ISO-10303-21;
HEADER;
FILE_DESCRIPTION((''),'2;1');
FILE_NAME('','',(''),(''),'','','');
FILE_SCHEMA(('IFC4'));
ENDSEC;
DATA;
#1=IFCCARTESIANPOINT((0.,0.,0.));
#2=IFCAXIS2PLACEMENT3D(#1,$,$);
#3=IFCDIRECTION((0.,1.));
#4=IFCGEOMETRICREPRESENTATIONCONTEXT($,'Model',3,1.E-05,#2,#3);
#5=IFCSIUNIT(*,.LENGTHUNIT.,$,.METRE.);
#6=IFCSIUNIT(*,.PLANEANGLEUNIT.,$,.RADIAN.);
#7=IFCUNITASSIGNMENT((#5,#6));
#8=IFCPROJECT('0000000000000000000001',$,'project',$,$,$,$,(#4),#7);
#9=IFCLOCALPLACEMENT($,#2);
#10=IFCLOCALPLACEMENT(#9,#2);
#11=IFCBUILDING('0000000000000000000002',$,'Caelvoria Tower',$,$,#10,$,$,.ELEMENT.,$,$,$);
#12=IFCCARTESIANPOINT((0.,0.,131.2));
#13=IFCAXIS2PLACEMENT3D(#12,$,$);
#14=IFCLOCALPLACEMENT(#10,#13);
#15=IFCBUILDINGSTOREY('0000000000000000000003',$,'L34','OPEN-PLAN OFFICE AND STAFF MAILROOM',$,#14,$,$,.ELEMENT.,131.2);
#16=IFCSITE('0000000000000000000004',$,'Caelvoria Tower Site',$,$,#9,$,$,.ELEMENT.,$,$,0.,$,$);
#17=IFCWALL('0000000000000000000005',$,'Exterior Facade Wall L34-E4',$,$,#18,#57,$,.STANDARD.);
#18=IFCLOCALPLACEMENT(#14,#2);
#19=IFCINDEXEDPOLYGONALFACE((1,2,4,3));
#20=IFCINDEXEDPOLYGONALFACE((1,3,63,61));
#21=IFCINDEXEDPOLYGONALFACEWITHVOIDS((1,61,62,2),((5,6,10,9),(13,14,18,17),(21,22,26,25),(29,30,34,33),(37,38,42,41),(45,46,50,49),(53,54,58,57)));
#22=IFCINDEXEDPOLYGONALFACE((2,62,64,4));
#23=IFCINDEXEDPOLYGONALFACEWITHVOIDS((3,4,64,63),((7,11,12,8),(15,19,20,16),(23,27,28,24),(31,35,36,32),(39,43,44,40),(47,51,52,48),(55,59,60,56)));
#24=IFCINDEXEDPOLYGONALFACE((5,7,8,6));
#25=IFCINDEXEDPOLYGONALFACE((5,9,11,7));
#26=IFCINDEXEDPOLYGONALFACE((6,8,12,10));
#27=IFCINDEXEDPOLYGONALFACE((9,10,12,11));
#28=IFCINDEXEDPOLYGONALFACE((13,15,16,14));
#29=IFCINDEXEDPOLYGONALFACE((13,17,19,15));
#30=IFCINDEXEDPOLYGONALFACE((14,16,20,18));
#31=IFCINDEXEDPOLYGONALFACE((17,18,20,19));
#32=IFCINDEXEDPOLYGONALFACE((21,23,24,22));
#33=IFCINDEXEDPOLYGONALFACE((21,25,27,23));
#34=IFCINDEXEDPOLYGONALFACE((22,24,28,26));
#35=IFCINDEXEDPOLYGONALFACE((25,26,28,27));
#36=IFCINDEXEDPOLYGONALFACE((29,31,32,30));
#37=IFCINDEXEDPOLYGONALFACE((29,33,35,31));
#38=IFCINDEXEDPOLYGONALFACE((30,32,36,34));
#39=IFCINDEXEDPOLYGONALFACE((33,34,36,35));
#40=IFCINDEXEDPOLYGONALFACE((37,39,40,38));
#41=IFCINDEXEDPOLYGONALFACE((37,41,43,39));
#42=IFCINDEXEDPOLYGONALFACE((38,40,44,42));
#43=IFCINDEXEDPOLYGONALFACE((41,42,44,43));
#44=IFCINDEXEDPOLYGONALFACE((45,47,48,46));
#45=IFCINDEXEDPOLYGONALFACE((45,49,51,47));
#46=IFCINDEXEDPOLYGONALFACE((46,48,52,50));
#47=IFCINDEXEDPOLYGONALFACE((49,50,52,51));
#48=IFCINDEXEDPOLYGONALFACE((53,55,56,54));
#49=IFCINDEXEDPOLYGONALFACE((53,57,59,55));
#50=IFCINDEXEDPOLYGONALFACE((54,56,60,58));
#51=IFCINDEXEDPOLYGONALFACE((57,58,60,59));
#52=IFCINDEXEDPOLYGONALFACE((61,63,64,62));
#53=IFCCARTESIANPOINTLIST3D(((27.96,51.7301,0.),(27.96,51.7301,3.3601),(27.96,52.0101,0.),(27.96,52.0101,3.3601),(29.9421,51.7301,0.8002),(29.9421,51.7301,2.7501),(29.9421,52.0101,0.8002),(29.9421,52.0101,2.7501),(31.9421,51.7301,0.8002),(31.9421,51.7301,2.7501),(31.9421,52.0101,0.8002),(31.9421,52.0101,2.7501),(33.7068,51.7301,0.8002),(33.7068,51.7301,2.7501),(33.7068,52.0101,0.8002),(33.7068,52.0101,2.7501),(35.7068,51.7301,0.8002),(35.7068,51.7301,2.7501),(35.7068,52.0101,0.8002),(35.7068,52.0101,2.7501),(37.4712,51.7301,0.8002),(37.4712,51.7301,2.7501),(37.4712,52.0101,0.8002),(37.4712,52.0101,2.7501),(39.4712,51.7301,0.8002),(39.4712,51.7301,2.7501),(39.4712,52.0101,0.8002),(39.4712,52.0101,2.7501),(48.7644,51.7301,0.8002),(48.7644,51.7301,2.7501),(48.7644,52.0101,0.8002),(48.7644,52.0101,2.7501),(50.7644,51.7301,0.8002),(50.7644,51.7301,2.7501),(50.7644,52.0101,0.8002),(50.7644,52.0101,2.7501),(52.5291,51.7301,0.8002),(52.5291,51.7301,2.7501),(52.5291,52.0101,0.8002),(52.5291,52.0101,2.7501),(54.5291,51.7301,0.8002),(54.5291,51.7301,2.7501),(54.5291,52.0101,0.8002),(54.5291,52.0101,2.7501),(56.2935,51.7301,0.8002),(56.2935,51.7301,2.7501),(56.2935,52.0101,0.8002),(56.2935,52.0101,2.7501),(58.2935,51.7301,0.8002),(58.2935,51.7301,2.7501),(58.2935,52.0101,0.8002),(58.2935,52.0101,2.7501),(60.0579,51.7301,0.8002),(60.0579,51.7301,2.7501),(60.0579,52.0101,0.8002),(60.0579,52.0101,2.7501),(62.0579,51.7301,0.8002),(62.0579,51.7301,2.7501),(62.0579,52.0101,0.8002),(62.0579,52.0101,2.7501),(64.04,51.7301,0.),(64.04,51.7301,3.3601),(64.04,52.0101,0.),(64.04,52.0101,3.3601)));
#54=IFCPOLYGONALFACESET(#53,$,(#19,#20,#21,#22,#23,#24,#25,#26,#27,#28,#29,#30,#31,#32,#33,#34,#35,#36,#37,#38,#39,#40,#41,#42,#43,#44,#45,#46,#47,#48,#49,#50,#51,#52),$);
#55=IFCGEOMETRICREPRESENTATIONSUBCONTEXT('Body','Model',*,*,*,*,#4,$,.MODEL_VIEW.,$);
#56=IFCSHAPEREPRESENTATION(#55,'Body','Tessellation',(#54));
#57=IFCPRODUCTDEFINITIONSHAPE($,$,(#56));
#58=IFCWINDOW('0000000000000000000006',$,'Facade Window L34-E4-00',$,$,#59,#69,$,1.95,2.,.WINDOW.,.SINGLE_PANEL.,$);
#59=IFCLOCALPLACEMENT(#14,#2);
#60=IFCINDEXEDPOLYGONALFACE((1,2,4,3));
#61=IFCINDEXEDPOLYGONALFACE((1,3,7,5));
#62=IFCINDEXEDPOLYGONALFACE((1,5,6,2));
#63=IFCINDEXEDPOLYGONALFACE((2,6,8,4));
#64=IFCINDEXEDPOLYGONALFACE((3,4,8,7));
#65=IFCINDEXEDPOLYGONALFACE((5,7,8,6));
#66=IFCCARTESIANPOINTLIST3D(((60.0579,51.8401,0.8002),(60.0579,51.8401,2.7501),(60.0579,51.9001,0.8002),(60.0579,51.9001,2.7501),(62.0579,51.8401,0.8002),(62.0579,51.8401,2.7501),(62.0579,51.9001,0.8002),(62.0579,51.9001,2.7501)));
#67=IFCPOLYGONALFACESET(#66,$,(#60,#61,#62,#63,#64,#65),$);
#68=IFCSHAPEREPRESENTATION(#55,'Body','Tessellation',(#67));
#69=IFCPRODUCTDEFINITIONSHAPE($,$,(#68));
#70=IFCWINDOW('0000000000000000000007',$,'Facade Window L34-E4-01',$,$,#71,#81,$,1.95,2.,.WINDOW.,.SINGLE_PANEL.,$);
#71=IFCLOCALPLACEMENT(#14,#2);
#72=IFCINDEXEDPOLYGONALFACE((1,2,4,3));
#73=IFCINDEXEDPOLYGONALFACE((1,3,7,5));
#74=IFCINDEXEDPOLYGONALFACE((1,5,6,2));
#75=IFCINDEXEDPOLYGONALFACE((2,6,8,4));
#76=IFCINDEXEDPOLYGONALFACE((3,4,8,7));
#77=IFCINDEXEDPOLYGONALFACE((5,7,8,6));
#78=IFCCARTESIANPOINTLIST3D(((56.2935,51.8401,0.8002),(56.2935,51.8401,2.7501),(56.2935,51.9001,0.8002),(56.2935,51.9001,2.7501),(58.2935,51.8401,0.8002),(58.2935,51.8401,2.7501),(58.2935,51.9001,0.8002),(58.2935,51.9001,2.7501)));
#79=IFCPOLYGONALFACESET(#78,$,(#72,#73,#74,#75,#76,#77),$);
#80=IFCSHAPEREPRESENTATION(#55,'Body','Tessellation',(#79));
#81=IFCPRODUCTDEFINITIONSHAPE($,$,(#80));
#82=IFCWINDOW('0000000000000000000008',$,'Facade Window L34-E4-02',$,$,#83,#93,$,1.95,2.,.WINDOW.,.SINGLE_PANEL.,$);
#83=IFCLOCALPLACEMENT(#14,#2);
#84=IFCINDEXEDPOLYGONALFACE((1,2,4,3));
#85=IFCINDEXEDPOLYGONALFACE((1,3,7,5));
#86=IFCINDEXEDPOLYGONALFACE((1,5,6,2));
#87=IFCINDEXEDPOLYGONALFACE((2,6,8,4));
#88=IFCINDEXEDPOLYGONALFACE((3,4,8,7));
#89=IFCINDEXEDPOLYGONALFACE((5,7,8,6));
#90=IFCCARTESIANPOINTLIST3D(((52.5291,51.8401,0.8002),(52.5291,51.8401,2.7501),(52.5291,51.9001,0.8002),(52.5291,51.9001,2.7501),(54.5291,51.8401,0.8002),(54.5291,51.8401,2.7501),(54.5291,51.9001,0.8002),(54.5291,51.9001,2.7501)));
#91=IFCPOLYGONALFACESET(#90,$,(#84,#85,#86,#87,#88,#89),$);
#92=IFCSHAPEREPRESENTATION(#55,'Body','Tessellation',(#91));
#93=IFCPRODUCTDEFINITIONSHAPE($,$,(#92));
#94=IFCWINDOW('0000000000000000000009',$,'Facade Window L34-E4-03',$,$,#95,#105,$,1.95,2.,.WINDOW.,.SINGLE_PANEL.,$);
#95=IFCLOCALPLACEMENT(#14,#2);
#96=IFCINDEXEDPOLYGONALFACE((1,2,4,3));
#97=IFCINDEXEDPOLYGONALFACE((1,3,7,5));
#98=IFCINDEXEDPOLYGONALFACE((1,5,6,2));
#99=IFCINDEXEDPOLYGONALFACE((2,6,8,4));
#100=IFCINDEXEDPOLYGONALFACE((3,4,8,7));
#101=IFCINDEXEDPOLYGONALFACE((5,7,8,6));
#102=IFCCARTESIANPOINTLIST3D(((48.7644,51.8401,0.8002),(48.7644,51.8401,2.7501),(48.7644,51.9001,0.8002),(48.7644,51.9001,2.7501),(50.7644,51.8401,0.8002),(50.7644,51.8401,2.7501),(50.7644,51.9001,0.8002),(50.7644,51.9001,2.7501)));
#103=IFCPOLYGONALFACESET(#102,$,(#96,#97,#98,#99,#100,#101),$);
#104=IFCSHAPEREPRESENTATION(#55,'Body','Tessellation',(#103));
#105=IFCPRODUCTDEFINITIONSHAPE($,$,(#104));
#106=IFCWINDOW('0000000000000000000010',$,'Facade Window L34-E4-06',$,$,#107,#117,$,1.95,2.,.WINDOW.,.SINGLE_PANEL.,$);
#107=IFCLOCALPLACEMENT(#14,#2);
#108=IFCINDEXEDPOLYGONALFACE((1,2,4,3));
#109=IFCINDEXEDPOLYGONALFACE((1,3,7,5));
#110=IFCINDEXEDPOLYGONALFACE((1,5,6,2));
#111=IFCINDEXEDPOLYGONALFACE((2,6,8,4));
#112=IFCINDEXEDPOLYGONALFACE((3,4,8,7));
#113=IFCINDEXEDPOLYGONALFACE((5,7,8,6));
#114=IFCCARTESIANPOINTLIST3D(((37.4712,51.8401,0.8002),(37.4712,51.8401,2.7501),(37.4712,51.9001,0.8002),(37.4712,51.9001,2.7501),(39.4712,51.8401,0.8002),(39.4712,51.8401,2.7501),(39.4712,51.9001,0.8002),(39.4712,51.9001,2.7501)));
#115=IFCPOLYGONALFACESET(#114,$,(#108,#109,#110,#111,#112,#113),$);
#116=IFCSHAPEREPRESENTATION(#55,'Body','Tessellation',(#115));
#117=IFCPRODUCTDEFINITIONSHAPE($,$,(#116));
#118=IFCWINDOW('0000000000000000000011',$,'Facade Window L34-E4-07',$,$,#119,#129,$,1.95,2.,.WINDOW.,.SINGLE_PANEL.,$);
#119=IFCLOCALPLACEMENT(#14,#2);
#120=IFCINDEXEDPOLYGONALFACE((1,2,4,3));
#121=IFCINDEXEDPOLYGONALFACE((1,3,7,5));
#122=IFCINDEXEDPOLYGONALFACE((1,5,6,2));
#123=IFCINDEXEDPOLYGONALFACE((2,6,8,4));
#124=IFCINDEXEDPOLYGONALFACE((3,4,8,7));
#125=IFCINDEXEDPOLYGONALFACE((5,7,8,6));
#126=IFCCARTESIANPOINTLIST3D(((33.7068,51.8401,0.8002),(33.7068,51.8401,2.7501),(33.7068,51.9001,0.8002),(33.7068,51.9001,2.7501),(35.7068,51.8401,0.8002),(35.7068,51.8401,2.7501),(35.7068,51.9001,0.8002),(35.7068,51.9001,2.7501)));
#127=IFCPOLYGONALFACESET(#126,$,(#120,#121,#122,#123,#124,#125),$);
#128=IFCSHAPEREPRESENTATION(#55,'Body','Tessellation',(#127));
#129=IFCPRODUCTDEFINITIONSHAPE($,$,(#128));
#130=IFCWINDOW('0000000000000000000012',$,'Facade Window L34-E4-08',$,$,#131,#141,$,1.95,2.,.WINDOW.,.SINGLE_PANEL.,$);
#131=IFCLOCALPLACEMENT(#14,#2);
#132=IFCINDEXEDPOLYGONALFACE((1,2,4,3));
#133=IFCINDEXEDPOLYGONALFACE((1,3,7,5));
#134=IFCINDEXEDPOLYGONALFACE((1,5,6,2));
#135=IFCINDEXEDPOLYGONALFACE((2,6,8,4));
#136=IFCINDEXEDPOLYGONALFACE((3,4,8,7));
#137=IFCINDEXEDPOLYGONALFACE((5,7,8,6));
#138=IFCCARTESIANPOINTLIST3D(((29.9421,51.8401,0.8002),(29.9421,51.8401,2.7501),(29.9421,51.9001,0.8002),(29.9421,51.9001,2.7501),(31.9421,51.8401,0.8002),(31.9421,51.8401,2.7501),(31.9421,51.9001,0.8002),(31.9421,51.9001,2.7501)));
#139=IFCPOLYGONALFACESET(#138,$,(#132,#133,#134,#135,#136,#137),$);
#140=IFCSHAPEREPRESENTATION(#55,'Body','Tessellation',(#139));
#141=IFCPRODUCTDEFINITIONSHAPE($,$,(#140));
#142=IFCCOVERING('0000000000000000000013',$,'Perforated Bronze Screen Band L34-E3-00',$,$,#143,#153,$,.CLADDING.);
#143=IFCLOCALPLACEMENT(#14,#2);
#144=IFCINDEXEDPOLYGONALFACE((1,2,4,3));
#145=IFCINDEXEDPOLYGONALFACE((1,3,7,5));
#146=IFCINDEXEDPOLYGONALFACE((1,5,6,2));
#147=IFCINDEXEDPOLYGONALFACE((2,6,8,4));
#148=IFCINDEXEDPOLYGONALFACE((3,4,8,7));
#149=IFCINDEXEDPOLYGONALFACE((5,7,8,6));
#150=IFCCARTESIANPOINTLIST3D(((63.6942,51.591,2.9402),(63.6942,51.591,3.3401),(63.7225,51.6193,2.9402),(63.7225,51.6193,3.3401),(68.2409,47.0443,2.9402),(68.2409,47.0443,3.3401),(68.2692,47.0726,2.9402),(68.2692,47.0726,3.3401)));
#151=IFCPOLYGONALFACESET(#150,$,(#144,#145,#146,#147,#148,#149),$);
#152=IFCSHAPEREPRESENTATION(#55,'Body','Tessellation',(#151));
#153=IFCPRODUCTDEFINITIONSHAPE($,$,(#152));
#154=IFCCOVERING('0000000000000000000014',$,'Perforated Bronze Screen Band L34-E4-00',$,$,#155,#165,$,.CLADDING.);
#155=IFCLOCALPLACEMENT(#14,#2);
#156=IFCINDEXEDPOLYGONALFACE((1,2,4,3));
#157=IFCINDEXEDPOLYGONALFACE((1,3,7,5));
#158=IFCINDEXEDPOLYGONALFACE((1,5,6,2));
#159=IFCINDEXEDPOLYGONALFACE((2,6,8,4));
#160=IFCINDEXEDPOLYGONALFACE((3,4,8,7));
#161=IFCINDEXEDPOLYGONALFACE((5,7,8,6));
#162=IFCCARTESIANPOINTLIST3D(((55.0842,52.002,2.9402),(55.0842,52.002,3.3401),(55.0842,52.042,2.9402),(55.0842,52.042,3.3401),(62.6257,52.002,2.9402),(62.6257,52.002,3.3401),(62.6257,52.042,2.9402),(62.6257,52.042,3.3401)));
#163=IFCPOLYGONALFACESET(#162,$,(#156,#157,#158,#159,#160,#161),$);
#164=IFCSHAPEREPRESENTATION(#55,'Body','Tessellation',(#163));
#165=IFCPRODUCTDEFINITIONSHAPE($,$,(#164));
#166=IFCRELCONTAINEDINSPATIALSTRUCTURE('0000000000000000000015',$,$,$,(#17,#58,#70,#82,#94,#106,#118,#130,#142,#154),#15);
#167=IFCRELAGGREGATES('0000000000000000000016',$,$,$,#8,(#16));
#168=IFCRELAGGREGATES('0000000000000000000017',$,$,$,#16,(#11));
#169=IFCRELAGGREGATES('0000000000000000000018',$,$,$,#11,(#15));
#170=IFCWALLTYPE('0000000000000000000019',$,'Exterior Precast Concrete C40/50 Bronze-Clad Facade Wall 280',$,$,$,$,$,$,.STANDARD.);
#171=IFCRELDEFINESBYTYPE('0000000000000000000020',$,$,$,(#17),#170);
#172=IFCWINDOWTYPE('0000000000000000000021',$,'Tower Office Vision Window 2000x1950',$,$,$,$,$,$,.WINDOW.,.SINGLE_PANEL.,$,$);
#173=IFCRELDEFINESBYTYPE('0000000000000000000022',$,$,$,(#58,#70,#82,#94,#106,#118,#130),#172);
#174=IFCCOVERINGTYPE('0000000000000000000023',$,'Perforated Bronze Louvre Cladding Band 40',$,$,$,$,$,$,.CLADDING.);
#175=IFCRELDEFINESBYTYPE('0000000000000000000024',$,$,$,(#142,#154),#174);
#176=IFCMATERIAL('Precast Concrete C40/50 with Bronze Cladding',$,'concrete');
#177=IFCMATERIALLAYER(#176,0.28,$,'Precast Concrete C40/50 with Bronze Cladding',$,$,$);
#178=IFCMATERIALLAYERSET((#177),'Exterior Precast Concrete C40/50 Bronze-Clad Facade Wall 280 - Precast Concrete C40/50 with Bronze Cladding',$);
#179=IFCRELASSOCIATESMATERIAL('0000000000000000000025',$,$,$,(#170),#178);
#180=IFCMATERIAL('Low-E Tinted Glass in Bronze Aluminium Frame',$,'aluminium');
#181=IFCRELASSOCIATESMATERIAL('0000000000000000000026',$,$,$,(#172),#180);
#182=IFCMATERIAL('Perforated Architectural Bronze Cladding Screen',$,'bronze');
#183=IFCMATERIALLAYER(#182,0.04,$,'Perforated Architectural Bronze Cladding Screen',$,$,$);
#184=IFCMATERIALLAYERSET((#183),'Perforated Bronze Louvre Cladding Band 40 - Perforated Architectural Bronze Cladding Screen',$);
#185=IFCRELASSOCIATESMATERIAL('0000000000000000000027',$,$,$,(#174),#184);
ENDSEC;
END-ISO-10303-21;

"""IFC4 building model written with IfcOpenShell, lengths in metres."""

from ifc_helpers import new_model, si_unit, direction, frame, frame_2d, origin, origin_2d, place, context, subcontext, project, spatial, rectangle, extrude, material, layer, layer_set, type_object, element, fill, save


model = new_model("IFC4")

# Units and contexts
model_context = context("Model", 3, precision=1e-05, world=origin(), true_north=direction((0.0, 1.0)))
body_context = subcontext(model_context, "Body", "Model", "MODEL_VIEW")
ifc_project = project(units=[si_unit("LENGTHUNIT", "METRE"), si_unit("PLANEANGLEUNIT", "RADIAN")], contexts=[model_context])

# Site, building, storey
site_placement = place(None, origin())
site = spatial("IfcSite", under=ifc_project, at=site_placement, Name="Caelvoria Tower Site", CompositionType="ELEMENT", RefElevation=0.0)
building_placement = place(site_placement, origin())
building = spatial("IfcBuilding", under=site, at=building_placement, Name="Caelvoria Tower", CompositionType="ELEMENT")
storey_placement = place(building_placement, frame((0.0, 0.0, 131.2)))
storey = spatial("IfcBuildingStorey", under=building, at=storey_placement, Name="L34", Description="OPEN-PLAN OFFICE AND STAFF MAILROOM", CompositionType="ELEMENT", Elevation=131.2)

# Wall, openings, windows
ifc_material_1 = material(Name="Precast Concrete C40/50 with Bronze Cladding", Category="concrete")
ifc_layer_1 = layer(ifc_material_1, 0.28, Name="Precast Concrete C40/50 with Bronze Cladding")
ifc_layer_set_1 = layer_set([ifc_layer_1], Name="Exterior Precast Concrete C40/50 Bronze-Clad Facade Wall 280 - Precast Concrete C40/50 with Bronze Cladding")
wall_type = type_object("IfcWallType", Name="Exterior Precast Concrete C40/50 Bronze-Clad Facade Wall 280", PredefinedType="STANDARD", material=ifc_layer_set_1)
wall_placement = place(storey_placement, frame((64.04, 51.8701, 0.0), z_axis=(0.0, 0.0, 1.0), x_axis=(-1.0, 0.0, 0.0)))
wall = element("IfcWall", 1, at=wall_placement, inside=storey, type_object=wall_type, Name="Exterior Facade Wall L34-E4", PredefinedType="STANDARD", context=body_context, shape_type="SweptSolid", body=[
    extrude(rectangle(XDim=36.0801, YDim=0.28, at=frame_2d((18.04, 0.0))), origin(), (0.0, 0.0, 1.0), 3.3601),
])
opening_1_placement = place(wall_placement, frame((1.9822, 0.0, 0.8)))
opening_1 = element("IfcOpeningElement", 2, at=opening_1_placement, cuts=wall, PredefinedType="OPENING", context=body_context, shape_type="SweptSolid", body=[
    extrude(rectangle(XDim=2.0, YDim=1.95, at=frame_2d((1.0, 0.9751))), frame((0.0, 0.1499, 0.0), z_axis=(0.0, -1.0, 0.0), x_axis=(1.0, 0.0, 0.0)), (0.0, 0.0, 1.0), 0.3),
])
opening_2_placement = place(wall_placement, frame((5.7466, 0.0, 0.8)))
opening_2 = element("IfcOpeningElement", 3, at=opening_2_placement, cuts=wall, PredefinedType="OPENING", context=body_context, shape_type="SweptSolid", body=[
    extrude(rectangle(XDim=2.0, YDim=1.95, at=frame_2d((1.0, 0.9751))), frame((0.0, 0.1499, 0.0), z_axis=(0.0, -1.0, 0.0), x_axis=(1.0, 0.0, 0.0)), (0.0, 0.0, 1.0), 0.3),
])
opening_3_placement = place(wall_placement, frame((9.511, 0.0, 0.8)))
opening_3 = element("IfcOpeningElement", 4, at=opening_3_placement, cuts=wall, PredefinedType="OPENING", context=body_context, shape_type="SweptSolid", body=[
    extrude(rectangle(XDim=2.0, YDim=1.95, at=frame_2d((1.0, 0.9751))), frame((0.0, 0.1499, 0.0), z_axis=(0.0, -1.0, 0.0), x_axis=(1.0, 0.0, 0.0)), (0.0, 0.0, 1.0), 0.3),
])
opening_4_placement = place(wall_placement, frame((13.2756, 0.0, 0.8)))
opening_4 = element("IfcOpeningElement", 5, at=opening_4_placement, cuts=wall, PredefinedType="OPENING", context=body_context, shape_type="SweptSolid", body=[
    extrude(rectangle(XDim=2.0, YDim=1.95, at=frame_2d((1.0, 0.9751))), frame((0.0, 0.1499, 0.0), z_axis=(0.0, -1.0, 0.0), x_axis=(1.0, 0.0, 0.0)), (0.0, 0.0, 1.0), 0.3),
])
opening_5_placement = place(wall_placement, frame((24.5688, 0.0, 0.8)))
opening_5 = element("IfcOpeningElement", 6, at=opening_5_placement, cuts=wall, PredefinedType="OPENING", context=body_context, shape_type="SweptSolid", body=[
    extrude(rectangle(XDim=2.0, YDim=1.95, at=frame_2d((1.0, 0.9751))), frame((0.0, 0.1499, 0.0), z_axis=(0.0, -1.0, 0.0), x_axis=(1.0, 0.0, 0.0)), (0.0, 0.0, 1.0), 0.3),
])
opening_6_placement = place(wall_placement, frame((28.3333, 0.0, 0.8)))
opening_6 = element("IfcOpeningElement", 7, at=opening_6_placement, cuts=wall, PredefinedType="OPENING", context=body_context, shape_type="SweptSolid", body=[
    extrude(rectangle(XDim=2.0, YDim=1.95, at=frame_2d((1.0, 0.9751))), frame((0.0, 0.1499, 0.0), z_axis=(0.0, -1.0, 0.0), x_axis=(1.0, 0.0, 0.0)), (0.0, 0.0, 1.0), 0.3),
])
opening_7_placement = place(wall_placement, frame((32.0979, 0.0, 0.8)))
opening_7 = element("IfcOpeningElement", 8, at=opening_7_placement, cuts=wall, PredefinedType="OPENING", context=body_context, shape_type="SweptSolid", body=[
    extrude(rectangle(XDim=2.0, YDim=1.95, at=frame_2d((1.0, 0.9751))), frame((0.0, 0.1499, 0.0), z_axis=(0.0, -1.0, 0.0), x_axis=(1.0, 0.0, 0.0)), (0.0, 0.0, 1.0), 0.3),
])
ifc_material_2 = material(Name="Low-E Tinted Glass in Bronze Aluminium Frame", Category="aluminium")
window_type = type_object("IfcWindowType", Name="Tower Office Vision Window 2000x1950", PartitioningType="SINGLE_PANEL", PredefinedType="WINDOW", material=ifc_material_2)
window_1_placement = place(opening_1_placement, origin())
window_1 = element("IfcWindow", 9, at=window_1_placement, inside=storey, type_object=window_type, Name="Facade Window L34-E4-00", OverallHeight=1.95, OverallWidth=2.0, PartitioningType="SINGLE_PANEL", PredefinedType="WINDOW", context=body_context, shape_type="SweptSolid", body=[
    extrude(rectangle(XDim=2.0, YDim=1.95, at=frame_2d((1.0, 0.9751))), frame((0.0, 0.03, 0.0), z_axis=(0.0, -1.0, 0.0), x_axis=(1.0, 0.0, 0.0)), (0.0, 0.0, 1.0), 0.0601),
])
fill(opening_1, window_1)
window_2_placement = place(opening_2_placement, origin())
window_2 = element("IfcWindow", 10, at=window_2_placement, inside=storey, type_object=window_type, Name="Facade Window L34-E4-01", OverallHeight=1.95, OverallWidth=2.0, PartitioningType="SINGLE_PANEL", PredefinedType="WINDOW", context=body_context, shape_type="SweptSolid", body=[
    extrude(rectangle(XDim=2.0, YDim=1.95, at=frame_2d((1.0, 0.9751))), frame((0.0, 0.03, 0.0), z_axis=(0.0, -1.0, 0.0), x_axis=(1.0, 0.0, 0.0)), (0.0, 0.0, 1.0), 0.0601),
])
fill(opening_2, window_2)
window_3_placement = place(opening_3_placement, origin())
window_3 = element("IfcWindow", 11, at=window_3_placement, inside=storey, type_object=window_type, Name="Facade Window L34-E4-02", OverallHeight=1.95, OverallWidth=2.0, PartitioningType="SINGLE_PANEL", PredefinedType="WINDOW", context=body_context, shape_type="SweptSolid", body=[
    extrude(rectangle(XDim=2.0, YDim=1.95, at=frame_2d((1.0, 0.9751))), frame((0.0, 0.03, 0.0), z_axis=(0.0, -1.0, 0.0), x_axis=(1.0, 0.0, 0.0)), (0.0, 0.0, 1.0), 0.0601),
])
fill(opening_3, window_3)
window_4_placement = place(opening_4_placement, origin())
window_4 = element("IfcWindow", 12, at=window_4_placement, inside=storey, type_object=window_type, Name="Facade Window L34-E4-03", OverallHeight=1.95, OverallWidth=2.0, PartitioningType="SINGLE_PANEL", PredefinedType="WINDOW", context=body_context, shape_type="SweptSolid", body=[
    extrude(rectangle(XDim=2.0, YDim=1.95, at=frame_2d((1.0, 0.9751))), frame((0.0, 0.03, 0.0), z_axis=(0.0, -1.0, 0.0), x_axis=(1.0, 0.0, 0.0)), (0.0, 0.0, 1.0), 0.0601),
])
fill(opening_4, window_4)
window_5_placement = place(opening_5_placement, origin())
window_5 = element("IfcWindow", 13, at=window_5_placement, inside=storey, type_object=window_type, Name="Facade Window L34-E4-06", OverallHeight=1.95, OverallWidth=2.0, PartitioningType="SINGLE_PANEL", PredefinedType="WINDOW", context=body_context, shape_type="SweptSolid", body=[
    extrude(rectangle(XDim=2.0, YDim=1.95, at=frame_2d((1.0, 0.9751))), frame((0.0, 0.03, 0.0), z_axis=(0.0, -1.0, 0.0), x_axis=(1.0, 0.0, 0.0)), (0.0, 0.0, 1.0), 0.0601),
])
fill(opening_5, window_5)
window_6_placement = place(opening_6_placement, origin())
window_6 = element("IfcWindow", 14, at=window_6_placement, inside=storey, type_object=window_type, Name="Facade Window L34-E4-07", OverallHeight=1.95, OverallWidth=2.0, PartitioningType="SINGLE_PANEL", PredefinedType="WINDOW", context=body_context, shape_type="SweptSolid", body=[
    extrude(rectangle(XDim=2.0, YDim=1.95, at=frame_2d((1.0, 0.9751))), frame((0.0, 0.03, 0.0), z_axis=(0.0, -1.0, 0.0), x_axis=(1.0, 0.0, 0.0)), (0.0, 0.0, 1.0), 0.0601),
])
fill(opening_6, window_6)
window_7_placement = place(opening_7_placement, origin())
window_7 = element("IfcWindow", 15, at=window_7_placement, inside=storey, type_object=window_type, Name="Facade Window L34-E4-08", OverallHeight=1.95, OverallWidth=2.0, PartitioningType="SINGLE_PANEL", PredefinedType="WINDOW", context=body_context, shape_type="SweptSolid", body=[
    extrude(rectangle(XDim=2.0, YDim=1.95, at=frame_2d((1.0, 0.9751))), frame((0.0, 0.03, 0.0), z_axis=(0.0, -1.0, 0.0), x_axis=(1.0, 0.0, 0.0)), (0.0, 0.0, 1.0), 0.0601),
])
fill(opening_7, window_7)

# Coverings
ifc_material_3 = material(Name="Perforated Architectural Bronze Cladding Screen", Category="bronze")
ifc_layer_2 = layer(ifc_material_3, 0.04, Name="Perforated Architectural Bronze Cladding Screen")
ifc_layer_set_2 = layer_set([ifc_layer_2], Name="Perforated Bronze Louvre Cladding Band 40 - Perforated Architectural Bronze Cladding Screen")
covering_type = type_object("IfcCoveringType", Name="Perforated Bronze Louvre Cladding Band 40", PredefinedType="CLADDING", material=ifc_layer_set_2)
covering_1_placement = place(storey_placement, frame((65.9817, 49.3318, 2.9402), z_axis=(0.0, 0.0, 1.0), x_axis=(-0.707107, 0.707107, 0.0)))
element("IfcCovering", 16, at=covering_1_placement, inside=storey, type_object=covering_type, Name="Perforated Bronze Screen Band L34-E3-00", PredefinedType="CLADDING", context=body_context, shape_type="SweptSolid", body=[
    extrude(rectangle(XDim=6.4299, YDim=0.04, at=origin_2d()), origin(), (0.0, 0.0, 1.0), 0.3999),
])
covering_2_placement = place(storey_placement, frame((58.855, 52.022, 2.9402), z_axis=(0.0, 0.0, 1.0), x_axis=(-1.0, 0.0, 0.0)))
element("IfcCovering", 17, at=covering_2_placement, inside=storey, type_object=covering_type, Name="Perforated Bronze Screen Band L34-E4-00", PredefinedType="CLADDING", context=body_context, shape_type="SweptSolid", body=[
    extrude(rectangle(XDim=7.5415, YDim=0.04, at=origin_2d()), origin(), (0.0, 0.0, 1.0), 0.3999),
])

save(model, "model.ifc")
